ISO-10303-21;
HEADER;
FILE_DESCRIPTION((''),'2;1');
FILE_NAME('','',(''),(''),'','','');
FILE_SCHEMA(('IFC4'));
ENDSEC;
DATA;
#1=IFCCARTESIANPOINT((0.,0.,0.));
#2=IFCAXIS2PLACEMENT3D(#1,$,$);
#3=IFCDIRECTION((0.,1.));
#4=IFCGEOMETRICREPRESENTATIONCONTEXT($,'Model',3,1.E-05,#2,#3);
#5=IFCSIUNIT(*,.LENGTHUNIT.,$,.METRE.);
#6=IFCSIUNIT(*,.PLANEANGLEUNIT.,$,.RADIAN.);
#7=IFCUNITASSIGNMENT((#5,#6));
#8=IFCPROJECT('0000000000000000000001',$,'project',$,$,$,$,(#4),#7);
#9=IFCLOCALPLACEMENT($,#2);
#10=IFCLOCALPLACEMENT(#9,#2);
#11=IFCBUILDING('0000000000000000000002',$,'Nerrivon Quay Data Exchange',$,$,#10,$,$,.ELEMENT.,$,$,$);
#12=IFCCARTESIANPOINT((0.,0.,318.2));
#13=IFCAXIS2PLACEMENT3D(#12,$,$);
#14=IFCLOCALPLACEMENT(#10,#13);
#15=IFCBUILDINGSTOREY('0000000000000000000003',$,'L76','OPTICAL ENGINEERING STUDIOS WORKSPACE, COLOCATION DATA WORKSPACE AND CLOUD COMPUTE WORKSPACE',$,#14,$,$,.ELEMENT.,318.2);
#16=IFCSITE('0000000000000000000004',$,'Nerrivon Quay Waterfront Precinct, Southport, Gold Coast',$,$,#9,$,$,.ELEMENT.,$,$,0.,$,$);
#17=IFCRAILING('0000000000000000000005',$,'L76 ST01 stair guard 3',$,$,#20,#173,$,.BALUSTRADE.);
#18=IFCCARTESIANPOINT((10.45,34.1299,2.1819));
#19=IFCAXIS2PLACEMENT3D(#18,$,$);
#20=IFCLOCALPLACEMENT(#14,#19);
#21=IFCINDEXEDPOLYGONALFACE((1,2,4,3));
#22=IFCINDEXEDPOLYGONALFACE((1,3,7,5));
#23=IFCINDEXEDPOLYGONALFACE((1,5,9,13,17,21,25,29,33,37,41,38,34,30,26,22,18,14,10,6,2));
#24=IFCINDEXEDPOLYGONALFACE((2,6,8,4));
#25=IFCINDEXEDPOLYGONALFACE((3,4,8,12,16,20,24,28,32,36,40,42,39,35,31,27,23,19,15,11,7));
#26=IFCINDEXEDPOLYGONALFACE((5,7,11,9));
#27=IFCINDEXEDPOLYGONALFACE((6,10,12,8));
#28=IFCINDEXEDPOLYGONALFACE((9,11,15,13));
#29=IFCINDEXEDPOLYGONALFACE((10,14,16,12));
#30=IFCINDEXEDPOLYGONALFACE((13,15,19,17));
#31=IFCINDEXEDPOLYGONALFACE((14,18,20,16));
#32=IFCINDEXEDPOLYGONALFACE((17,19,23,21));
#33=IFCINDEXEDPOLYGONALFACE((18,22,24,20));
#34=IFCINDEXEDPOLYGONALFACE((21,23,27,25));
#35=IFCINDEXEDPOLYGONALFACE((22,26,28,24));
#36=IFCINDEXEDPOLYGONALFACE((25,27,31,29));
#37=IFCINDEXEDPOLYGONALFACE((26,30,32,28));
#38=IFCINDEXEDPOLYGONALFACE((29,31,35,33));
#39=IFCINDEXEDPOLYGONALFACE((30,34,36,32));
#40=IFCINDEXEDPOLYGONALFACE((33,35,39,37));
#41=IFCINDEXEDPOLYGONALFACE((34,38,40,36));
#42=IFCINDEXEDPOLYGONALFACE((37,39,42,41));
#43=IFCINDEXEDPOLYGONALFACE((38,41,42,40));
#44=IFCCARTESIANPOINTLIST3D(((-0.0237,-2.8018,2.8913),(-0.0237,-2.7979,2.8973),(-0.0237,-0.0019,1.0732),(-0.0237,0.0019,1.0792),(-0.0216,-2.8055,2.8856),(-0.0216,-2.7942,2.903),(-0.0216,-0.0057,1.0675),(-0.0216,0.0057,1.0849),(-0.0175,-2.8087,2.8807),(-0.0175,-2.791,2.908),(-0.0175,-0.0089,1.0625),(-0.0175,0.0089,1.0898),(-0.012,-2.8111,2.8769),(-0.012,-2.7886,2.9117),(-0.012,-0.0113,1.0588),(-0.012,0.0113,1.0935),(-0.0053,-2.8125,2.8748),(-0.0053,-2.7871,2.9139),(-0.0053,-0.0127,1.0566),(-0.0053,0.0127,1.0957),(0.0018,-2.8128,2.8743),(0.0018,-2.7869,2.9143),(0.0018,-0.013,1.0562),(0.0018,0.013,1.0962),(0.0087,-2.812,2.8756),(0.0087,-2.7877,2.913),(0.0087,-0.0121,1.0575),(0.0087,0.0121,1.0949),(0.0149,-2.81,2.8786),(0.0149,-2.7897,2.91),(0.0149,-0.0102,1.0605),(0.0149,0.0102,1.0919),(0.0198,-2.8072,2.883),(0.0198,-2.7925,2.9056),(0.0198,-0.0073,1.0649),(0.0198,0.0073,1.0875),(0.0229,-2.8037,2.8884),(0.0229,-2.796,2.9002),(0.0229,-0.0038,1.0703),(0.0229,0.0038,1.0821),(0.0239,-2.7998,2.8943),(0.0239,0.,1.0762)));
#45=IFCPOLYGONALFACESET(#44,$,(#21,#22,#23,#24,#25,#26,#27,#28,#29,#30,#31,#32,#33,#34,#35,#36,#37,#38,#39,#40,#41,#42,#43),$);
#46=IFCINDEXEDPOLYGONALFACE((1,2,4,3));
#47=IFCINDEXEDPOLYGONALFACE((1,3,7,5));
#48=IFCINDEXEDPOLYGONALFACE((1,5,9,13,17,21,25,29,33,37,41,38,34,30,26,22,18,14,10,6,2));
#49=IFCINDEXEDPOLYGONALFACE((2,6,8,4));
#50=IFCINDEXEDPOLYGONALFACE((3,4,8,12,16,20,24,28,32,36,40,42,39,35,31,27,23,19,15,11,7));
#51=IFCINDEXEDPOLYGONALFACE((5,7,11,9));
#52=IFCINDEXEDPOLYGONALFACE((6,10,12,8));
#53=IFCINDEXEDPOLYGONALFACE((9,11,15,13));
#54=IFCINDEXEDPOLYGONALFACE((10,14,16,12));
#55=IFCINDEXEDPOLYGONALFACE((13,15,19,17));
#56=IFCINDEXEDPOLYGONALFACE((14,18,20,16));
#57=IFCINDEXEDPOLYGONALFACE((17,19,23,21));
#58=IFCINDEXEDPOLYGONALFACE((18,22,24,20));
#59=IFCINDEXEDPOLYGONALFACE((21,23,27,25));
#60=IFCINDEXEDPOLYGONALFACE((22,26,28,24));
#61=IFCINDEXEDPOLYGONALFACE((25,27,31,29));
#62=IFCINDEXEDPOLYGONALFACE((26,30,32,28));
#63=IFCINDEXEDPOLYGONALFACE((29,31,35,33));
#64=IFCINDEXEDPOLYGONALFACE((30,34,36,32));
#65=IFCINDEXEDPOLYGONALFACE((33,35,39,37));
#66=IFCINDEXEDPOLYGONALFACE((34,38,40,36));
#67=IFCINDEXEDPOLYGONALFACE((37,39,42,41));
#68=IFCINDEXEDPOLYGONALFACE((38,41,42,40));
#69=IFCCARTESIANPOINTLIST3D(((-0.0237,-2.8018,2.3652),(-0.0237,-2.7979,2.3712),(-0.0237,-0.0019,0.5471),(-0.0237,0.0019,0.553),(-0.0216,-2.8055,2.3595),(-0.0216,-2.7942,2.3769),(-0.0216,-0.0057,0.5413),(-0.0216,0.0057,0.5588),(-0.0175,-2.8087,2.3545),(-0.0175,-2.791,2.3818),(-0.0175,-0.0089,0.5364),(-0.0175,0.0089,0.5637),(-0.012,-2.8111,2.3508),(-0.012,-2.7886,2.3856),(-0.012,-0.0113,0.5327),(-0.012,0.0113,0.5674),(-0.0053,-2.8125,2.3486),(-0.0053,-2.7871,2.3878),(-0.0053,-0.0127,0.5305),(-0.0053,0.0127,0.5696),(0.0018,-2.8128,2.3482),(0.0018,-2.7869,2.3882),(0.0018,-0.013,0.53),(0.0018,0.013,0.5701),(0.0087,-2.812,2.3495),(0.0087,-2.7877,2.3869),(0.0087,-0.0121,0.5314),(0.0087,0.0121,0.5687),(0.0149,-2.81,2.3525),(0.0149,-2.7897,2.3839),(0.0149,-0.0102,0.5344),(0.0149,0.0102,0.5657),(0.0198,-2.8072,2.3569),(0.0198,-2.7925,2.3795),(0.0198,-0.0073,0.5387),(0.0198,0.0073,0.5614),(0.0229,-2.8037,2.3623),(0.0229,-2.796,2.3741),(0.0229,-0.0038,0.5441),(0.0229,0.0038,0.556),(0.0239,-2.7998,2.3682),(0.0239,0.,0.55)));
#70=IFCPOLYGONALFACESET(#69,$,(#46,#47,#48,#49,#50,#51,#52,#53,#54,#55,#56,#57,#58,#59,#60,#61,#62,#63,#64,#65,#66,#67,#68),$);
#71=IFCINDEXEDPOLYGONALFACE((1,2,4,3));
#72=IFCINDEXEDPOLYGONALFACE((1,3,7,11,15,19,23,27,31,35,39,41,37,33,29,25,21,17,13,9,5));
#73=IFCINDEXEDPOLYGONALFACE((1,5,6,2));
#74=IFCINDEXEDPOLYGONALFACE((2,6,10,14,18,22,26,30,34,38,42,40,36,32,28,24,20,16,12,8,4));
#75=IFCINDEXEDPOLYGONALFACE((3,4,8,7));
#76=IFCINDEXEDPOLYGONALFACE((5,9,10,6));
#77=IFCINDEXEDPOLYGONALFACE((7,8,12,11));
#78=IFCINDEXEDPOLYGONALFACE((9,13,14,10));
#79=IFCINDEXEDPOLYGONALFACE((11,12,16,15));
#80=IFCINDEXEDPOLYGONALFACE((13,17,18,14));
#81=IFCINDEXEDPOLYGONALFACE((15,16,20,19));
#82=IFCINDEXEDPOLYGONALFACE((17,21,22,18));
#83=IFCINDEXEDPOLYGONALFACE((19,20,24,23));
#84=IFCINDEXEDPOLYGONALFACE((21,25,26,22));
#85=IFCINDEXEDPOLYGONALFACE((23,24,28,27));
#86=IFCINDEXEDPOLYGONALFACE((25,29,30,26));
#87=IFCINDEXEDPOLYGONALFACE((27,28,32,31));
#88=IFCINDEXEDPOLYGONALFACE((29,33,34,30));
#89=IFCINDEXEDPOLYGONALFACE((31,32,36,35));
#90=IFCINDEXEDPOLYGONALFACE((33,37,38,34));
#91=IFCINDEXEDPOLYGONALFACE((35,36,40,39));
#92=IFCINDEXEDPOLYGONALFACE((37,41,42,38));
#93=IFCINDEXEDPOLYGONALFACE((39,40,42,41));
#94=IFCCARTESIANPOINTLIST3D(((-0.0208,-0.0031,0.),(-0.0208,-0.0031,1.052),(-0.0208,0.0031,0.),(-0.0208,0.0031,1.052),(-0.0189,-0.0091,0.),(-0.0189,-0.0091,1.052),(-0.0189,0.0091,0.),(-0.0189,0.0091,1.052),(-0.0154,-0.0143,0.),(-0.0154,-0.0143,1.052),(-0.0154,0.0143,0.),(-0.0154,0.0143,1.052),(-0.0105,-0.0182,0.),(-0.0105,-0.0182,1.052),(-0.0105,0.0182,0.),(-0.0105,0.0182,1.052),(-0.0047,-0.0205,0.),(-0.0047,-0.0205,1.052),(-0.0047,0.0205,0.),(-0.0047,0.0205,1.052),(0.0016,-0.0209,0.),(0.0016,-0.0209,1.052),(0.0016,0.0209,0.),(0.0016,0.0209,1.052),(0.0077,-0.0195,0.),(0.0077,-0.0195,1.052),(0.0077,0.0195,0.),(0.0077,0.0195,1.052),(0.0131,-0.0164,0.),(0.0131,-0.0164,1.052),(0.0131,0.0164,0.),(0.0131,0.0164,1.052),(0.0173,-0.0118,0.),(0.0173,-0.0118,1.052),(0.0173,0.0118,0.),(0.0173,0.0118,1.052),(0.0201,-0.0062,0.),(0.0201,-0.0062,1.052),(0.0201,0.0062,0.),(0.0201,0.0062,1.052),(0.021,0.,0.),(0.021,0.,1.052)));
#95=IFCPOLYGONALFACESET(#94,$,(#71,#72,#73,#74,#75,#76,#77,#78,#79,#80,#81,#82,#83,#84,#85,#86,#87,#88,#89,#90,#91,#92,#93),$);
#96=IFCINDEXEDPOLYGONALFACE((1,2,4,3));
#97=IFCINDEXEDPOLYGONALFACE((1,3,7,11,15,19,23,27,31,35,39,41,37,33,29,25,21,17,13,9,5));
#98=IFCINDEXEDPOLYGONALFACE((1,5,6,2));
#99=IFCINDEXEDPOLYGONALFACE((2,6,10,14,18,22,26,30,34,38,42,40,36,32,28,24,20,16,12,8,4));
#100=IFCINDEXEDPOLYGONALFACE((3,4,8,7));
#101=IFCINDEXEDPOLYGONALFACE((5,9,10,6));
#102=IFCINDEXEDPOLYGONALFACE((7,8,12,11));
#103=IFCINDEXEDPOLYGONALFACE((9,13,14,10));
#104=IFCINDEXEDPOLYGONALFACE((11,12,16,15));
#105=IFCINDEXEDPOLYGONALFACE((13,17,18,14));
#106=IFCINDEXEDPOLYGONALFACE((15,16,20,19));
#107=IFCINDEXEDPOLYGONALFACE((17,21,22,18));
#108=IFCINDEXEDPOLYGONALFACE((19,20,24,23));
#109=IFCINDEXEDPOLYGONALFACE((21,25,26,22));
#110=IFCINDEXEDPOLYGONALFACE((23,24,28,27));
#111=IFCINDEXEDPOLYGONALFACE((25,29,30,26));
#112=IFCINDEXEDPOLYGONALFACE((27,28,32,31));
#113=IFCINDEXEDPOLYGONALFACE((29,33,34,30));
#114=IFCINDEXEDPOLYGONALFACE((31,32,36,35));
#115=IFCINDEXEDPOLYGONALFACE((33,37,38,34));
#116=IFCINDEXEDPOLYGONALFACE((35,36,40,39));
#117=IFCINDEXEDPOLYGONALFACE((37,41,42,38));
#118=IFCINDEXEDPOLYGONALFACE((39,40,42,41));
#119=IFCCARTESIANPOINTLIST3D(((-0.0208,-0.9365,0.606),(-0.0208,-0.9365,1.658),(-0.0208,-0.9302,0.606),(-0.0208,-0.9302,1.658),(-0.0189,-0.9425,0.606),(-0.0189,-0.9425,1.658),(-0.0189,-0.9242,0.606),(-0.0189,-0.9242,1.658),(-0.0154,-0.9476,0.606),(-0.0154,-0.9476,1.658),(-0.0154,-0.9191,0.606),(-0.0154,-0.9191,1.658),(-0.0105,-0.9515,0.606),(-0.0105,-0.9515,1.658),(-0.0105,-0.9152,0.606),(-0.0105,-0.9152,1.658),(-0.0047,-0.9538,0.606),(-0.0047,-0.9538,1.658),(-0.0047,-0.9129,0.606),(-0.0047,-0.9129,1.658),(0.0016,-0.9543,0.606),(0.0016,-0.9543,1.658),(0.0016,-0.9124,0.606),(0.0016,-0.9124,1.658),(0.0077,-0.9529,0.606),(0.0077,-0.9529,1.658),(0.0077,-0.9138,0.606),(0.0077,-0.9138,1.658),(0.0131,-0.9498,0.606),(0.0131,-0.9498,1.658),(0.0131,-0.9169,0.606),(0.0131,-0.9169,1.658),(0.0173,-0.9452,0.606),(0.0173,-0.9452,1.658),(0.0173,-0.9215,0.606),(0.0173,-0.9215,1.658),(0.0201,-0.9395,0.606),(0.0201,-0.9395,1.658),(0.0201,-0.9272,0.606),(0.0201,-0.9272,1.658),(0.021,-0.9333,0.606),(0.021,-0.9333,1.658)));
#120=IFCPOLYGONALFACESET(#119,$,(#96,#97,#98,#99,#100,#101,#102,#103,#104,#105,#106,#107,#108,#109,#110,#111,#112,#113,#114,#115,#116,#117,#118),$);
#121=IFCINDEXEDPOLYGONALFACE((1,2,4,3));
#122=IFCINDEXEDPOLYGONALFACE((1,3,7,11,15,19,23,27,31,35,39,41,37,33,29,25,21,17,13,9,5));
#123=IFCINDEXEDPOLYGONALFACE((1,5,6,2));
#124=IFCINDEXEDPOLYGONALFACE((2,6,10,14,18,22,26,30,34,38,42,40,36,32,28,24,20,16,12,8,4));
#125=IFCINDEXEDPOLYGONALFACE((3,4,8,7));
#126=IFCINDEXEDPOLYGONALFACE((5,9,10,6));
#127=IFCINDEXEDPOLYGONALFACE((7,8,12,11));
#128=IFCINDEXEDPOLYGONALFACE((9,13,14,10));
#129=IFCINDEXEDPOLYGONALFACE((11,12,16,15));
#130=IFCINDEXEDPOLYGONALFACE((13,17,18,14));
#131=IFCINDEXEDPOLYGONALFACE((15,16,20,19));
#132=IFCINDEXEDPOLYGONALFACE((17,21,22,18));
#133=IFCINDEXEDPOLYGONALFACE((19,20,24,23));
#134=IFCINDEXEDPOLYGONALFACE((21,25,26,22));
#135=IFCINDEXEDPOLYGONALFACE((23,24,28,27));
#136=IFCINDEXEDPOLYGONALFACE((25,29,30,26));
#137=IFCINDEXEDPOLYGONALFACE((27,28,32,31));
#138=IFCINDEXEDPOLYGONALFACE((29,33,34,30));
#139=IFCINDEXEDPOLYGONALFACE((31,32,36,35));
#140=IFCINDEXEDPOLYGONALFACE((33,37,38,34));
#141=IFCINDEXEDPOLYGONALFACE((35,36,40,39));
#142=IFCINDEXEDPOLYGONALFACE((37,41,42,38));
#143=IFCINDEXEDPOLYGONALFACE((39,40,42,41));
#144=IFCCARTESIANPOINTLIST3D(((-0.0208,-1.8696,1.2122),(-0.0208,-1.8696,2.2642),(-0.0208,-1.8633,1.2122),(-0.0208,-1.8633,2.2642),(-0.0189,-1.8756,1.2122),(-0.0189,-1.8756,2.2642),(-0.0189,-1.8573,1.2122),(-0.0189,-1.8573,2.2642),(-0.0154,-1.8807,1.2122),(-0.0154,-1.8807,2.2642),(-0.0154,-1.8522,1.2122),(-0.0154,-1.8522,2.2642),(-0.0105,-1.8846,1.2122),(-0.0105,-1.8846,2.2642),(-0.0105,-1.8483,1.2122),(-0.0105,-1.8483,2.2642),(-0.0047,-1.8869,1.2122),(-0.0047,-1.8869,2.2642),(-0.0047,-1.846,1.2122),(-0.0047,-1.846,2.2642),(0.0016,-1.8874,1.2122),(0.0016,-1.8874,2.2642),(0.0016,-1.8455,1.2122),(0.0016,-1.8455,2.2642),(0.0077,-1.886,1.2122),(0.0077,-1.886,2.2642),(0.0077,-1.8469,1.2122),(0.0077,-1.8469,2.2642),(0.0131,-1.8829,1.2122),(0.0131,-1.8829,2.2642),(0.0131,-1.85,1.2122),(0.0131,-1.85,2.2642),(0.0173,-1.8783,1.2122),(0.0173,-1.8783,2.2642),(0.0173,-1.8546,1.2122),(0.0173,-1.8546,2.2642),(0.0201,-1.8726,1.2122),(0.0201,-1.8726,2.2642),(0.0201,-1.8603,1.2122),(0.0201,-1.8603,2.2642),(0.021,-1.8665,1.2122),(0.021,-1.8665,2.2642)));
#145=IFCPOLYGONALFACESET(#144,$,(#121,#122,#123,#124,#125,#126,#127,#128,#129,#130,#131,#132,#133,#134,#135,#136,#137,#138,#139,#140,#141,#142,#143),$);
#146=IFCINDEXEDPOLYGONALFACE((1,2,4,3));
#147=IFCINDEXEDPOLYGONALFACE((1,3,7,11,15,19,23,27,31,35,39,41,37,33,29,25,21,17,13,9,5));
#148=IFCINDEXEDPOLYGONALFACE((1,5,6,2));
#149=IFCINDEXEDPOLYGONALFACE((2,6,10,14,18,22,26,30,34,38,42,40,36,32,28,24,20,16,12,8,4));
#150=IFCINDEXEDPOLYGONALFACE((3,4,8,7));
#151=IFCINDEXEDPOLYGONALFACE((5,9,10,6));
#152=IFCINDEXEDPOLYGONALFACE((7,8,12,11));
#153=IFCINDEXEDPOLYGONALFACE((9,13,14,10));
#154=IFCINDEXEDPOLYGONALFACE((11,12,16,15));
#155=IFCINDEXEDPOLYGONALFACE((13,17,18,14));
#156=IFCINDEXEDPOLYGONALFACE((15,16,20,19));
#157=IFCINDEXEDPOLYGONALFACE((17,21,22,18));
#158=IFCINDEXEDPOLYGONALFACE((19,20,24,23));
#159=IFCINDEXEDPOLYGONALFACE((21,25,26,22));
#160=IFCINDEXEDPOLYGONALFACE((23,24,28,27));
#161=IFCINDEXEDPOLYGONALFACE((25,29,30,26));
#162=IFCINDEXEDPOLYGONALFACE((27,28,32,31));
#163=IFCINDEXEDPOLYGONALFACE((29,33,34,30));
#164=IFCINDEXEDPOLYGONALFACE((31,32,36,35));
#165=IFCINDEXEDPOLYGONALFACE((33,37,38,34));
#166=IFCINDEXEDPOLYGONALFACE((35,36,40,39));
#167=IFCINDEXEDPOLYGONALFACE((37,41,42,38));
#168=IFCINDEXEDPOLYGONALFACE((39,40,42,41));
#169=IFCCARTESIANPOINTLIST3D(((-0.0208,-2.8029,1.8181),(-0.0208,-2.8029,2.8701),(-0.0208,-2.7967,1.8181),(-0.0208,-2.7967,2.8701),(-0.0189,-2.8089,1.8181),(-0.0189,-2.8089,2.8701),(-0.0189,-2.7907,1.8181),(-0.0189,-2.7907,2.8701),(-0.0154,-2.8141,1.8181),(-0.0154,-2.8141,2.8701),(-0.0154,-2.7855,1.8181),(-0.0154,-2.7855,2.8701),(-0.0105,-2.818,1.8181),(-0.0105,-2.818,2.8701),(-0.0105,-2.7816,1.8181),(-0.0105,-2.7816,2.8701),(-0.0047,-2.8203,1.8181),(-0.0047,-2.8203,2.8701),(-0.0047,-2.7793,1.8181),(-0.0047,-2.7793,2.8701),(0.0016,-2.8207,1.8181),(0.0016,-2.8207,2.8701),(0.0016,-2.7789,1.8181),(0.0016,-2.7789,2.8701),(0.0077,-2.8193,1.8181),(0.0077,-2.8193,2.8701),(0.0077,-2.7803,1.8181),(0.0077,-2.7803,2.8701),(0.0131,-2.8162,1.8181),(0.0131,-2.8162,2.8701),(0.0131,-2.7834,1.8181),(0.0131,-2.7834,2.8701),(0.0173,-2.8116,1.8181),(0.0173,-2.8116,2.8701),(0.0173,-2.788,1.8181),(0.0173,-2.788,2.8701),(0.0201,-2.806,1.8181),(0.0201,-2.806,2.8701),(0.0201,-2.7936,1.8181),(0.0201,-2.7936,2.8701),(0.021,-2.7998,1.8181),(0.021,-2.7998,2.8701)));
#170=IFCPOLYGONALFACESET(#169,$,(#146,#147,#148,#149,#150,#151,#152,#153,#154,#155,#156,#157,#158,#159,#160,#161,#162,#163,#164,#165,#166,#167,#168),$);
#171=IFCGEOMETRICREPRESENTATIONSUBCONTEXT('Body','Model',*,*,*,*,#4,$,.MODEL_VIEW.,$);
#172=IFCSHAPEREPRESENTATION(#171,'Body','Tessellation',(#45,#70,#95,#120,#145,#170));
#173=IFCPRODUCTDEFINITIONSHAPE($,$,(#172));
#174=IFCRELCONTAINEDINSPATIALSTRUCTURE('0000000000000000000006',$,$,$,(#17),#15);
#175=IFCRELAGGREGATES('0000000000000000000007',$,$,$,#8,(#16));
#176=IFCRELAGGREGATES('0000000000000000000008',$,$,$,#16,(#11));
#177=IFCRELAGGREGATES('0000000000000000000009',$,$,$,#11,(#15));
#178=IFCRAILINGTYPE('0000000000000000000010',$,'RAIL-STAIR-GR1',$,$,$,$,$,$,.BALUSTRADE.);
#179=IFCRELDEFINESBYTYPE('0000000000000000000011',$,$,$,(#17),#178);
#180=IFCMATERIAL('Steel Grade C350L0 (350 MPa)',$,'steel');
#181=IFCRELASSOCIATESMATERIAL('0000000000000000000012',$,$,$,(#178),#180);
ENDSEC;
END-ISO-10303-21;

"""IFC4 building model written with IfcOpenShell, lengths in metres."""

from ifc_helpers import new_model, si_unit, direction, frame, origin, origin_2d, place, context, subcontext, project, spatial, circle, extrude, material, type_object, element, save


model = new_model("IFC4")

# Units and contexts
model_context = context("Model", 3, precision=1e-05, world=origin(), true_north=direction((0.0, 1.0)))
body_context = subcontext(model_context, "Body", "Model", "MODEL_VIEW")
ifc_project = project(units=[si_unit("LENGTHUNIT", "METRE"), si_unit("PLANEANGLEUNIT", "RADIAN")], contexts=[model_context])

# Site, building, storey
site_placement = place(None, origin())
site = spatial("IfcSite", under=ifc_project, at=site_placement, Name="Nerrivon Quay Waterfront Precinct, Southport, Gold Coast", CompositionType="ELEMENT", RefElevation=0.0)
building_placement = place(site_placement, origin())
building = spatial("IfcBuilding", under=site, at=building_placement, Name="Nerrivon Quay Data Exchange", CompositionType="ELEMENT")
storey_placement = place(building_placement, frame((0.0, 0.0, 318.2)))
storey = spatial("IfcBuildingStorey", under=building, at=storey_placement, Name="L76", Description="OPTICAL ENGINEERING STUDIOS WORKSPACE, COLOCATION DATA WORKSPACE AND CLOUD COMPUTE WORKSPACE", CompositionType="ELEMENT", Elevation=318.2)

# Shared definitions
ifc_material_1 = material(Name="Steel Grade C350L0 (350 MPa)", Category="steel")

# Railing
railing_type_1 = type_object("IfcRailingType", Name="RAIL-STAIR-GR1", PredefinedType="BALUSTRADE", material=ifc_material_1)
railing_1_placement = place(storey_placement, frame((10.45, 34.1299, 2.1819)))
element("IfcRailing", 1, at=railing_1_placement, inside=storey, type_object=railing_type_1, Name="L76 ST01 stair guard 3", PredefinedType="BALUSTRADE", context=body_context, shape_type="SweptSolid", body=[
    extrude(circle(Radius=0.0239, at=origin_2d()), frame((0.0, 0.0, 1.0762), z_axis=(0.0, -0.838684, 0.544618), x_axis=(1.0, 0.0, 0.0)), (0.0, 0.0, 1.0), 3.3384),
    extrude(circle(Radius=0.0239, at=origin_2d()), frame((0.0, 0.0, 0.55), z_axis=(0.0, -0.838684, 0.544618), x_axis=(1.0, 0.0, 0.0)), (0.0, 0.0, 1.0), 3.3384),
    extrude(circle(Radius=0.021, at=origin_2d()), origin(), (0.0, 0.0, 1.0), 1.052),
    extrude(circle(Radius=0.021, at=origin_2d()), frame((0.0, -0.9333, 0.606)), (0.0, 0.0, 1.0), 1.052),
    extrude(circle(Radius=0.021, at=origin_2d()), frame((0.0, -1.8665, 1.2122)), (0.0, 0.0, 1.0), 1.052),
    extrude(circle(Radius=0.021, at=origin_2d()), frame((0.0, -2.7998, 1.8181)), (0.0, 0.0, 1.0), 1.052),
])

save(model, "model.ifc")
